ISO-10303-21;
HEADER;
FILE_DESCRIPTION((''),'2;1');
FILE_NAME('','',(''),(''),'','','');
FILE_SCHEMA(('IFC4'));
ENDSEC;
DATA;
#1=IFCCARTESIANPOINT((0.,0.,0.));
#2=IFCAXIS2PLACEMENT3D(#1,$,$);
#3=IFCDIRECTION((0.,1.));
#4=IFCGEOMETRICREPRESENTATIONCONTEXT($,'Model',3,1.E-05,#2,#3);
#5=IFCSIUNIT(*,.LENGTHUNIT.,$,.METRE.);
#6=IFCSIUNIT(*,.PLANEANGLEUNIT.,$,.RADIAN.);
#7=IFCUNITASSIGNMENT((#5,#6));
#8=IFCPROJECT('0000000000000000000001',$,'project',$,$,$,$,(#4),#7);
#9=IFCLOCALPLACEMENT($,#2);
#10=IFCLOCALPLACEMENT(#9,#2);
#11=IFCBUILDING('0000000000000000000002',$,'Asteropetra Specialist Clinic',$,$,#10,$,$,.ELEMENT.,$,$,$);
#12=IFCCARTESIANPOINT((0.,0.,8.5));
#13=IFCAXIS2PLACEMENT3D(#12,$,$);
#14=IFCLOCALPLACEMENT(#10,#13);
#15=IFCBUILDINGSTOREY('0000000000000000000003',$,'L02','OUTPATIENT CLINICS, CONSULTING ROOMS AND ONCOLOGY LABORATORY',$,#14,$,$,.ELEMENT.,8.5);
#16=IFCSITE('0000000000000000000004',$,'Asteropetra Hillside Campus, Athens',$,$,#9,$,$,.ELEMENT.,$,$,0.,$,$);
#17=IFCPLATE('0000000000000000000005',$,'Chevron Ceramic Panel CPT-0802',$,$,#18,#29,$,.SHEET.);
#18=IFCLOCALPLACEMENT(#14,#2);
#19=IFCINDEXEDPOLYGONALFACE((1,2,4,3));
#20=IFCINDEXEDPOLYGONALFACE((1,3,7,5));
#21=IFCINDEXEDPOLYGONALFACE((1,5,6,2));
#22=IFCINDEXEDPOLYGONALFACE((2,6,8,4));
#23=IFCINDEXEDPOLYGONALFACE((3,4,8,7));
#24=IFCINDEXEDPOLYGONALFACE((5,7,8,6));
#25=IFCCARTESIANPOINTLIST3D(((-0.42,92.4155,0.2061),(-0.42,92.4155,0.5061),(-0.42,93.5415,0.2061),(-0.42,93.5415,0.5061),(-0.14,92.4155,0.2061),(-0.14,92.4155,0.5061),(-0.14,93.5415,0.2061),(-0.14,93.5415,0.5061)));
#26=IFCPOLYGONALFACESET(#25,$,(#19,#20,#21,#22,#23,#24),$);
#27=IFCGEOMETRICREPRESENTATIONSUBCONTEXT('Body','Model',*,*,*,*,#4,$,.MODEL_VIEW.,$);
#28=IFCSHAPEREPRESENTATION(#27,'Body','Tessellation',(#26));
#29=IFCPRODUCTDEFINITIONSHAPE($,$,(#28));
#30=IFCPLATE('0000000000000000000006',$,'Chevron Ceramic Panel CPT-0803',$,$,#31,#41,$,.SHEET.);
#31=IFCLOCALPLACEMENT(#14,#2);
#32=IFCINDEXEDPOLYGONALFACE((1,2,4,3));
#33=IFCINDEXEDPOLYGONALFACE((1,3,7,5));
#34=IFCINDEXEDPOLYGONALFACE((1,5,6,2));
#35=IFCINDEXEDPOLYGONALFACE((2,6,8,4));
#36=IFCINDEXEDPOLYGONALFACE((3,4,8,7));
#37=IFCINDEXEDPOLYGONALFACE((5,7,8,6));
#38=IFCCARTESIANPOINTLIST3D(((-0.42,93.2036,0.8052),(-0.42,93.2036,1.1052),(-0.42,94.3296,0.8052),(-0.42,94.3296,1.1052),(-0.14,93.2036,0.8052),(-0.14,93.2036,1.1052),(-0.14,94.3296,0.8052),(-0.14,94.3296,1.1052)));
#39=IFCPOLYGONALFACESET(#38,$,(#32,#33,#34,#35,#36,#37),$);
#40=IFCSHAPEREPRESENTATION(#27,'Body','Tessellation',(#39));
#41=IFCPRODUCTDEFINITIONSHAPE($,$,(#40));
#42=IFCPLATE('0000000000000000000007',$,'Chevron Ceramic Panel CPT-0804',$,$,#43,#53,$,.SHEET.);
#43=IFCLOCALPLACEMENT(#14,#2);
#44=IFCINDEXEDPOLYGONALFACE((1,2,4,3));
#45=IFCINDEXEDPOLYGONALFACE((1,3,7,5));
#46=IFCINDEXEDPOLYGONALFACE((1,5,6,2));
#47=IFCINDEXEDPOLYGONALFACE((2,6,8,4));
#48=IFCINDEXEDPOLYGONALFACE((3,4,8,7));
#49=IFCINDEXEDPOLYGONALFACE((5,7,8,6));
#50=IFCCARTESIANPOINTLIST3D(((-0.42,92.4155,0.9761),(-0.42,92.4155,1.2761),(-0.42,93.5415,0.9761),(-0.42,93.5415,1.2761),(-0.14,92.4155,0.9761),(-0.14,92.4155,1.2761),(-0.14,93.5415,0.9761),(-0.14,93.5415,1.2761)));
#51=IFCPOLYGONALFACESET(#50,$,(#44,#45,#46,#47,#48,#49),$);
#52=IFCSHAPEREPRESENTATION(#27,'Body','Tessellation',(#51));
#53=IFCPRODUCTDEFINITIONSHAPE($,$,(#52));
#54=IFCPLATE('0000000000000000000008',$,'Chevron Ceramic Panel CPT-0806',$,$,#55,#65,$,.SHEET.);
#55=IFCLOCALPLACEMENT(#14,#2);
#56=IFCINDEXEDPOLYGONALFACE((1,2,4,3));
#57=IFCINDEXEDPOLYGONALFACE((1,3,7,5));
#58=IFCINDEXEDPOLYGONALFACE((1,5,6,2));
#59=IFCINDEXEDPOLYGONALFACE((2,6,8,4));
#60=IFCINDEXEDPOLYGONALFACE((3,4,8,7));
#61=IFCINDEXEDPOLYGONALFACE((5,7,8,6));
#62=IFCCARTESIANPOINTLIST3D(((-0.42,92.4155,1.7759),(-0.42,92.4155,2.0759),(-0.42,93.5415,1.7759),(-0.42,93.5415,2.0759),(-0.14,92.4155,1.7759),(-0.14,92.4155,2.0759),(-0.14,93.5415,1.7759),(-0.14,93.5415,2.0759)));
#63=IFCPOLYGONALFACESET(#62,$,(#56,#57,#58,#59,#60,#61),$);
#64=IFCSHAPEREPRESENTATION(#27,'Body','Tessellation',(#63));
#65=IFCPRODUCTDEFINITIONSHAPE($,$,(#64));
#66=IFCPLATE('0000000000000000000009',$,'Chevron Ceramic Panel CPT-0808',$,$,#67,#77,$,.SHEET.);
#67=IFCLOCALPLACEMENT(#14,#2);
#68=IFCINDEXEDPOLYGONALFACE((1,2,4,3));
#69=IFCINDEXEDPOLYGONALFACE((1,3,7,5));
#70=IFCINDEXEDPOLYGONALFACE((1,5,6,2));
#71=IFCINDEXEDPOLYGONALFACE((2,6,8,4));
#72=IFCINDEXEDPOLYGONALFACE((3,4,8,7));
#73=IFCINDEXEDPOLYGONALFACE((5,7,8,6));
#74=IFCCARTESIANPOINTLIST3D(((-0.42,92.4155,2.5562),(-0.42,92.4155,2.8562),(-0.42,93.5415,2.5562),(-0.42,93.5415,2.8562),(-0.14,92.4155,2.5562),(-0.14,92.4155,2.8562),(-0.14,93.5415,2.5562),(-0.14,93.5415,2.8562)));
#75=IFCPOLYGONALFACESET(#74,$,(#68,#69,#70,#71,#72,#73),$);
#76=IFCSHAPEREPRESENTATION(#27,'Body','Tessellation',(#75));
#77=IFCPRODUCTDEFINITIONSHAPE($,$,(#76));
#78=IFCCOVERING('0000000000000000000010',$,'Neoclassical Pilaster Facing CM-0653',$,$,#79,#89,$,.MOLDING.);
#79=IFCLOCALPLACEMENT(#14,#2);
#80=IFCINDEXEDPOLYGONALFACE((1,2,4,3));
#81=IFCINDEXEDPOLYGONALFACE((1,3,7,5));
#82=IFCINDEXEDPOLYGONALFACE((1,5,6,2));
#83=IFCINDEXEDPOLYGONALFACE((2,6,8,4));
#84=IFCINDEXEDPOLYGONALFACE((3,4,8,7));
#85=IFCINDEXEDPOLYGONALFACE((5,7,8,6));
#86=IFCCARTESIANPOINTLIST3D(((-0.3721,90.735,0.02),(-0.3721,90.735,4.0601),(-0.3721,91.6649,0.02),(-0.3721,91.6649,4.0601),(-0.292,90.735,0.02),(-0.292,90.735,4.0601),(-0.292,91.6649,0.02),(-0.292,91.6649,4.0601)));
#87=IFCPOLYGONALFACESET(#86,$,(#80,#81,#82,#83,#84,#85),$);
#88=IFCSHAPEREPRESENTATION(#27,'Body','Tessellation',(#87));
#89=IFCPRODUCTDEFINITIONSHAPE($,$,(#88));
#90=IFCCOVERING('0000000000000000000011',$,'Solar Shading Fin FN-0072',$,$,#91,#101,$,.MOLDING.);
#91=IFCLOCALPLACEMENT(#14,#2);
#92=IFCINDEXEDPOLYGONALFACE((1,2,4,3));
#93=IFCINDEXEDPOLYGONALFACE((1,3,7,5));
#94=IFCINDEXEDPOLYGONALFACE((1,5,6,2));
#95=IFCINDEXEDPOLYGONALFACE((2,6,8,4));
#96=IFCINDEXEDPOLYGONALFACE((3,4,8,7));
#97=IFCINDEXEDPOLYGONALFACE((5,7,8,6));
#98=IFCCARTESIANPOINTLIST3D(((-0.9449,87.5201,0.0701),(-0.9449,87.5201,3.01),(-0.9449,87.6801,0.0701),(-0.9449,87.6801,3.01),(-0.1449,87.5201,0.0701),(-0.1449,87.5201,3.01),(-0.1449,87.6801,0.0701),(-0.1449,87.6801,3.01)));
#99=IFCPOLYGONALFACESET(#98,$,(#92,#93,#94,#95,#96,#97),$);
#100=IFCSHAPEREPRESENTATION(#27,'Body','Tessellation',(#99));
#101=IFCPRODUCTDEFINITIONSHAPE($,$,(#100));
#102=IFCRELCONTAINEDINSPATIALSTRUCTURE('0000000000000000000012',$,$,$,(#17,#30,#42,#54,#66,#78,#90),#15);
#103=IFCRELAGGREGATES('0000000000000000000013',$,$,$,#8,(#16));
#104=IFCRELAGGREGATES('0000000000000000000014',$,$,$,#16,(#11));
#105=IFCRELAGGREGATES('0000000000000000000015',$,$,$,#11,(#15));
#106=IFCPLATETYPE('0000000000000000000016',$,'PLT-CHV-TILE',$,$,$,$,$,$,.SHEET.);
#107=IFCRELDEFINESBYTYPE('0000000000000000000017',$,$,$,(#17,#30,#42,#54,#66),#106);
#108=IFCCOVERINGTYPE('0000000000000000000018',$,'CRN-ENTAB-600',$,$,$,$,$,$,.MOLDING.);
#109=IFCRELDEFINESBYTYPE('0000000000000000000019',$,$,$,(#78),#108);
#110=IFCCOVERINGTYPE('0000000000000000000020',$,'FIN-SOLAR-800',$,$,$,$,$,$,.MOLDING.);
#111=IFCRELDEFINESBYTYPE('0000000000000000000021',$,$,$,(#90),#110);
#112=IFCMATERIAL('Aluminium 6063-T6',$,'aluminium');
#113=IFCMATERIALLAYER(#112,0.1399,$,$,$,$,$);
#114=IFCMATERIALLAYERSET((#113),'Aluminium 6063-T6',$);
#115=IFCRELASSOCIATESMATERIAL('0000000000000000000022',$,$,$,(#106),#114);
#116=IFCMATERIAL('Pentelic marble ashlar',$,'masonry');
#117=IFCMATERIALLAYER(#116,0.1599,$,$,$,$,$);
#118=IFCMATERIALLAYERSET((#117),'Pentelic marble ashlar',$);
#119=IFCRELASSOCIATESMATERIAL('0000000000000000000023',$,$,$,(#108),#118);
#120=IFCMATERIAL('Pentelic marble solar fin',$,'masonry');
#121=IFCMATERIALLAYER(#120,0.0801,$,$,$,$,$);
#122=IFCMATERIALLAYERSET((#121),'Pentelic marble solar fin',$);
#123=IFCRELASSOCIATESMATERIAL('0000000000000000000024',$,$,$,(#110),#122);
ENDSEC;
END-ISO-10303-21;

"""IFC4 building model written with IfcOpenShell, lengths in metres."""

from ifc_helpers import new_model, si_unit, direction, frame, origin, origin_2d, place, context, subcontext, project, spatial, rectangle, extrude, material, layer, layer_set, type_object, element, save


model = new_model("IFC4")

# Units and contexts
model_context = context("Model", 3, precision=1e-05, world=origin(), true_north=direction((0.0, 1.0)))
body_context = subcontext(model_context, "Body", "Model", "MODEL_VIEW")
ifc_project = project(units=[si_unit("LENGTHUNIT", "METRE"), si_unit("PLANEANGLEUNIT", "RADIAN")], contexts=[model_context])

# Site, building, storey
site_placement = place(None, origin())
site = spatial("IfcSite", under=ifc_project, at=site_placement, Name="Asteropetra Hillside Campus, Athens", CompositionType="ELEMENT", RefElevation=0.0)
building_placement = place(site_placement, origin())
building = spatial("IfcBuilding", under=site, at=building_placement, Name="Asteropetra Specialist Clinic", CompositionType="ELEMENT")
storey_placement = place(building_placement, frame((0.0, 0.0, 8.5)))
storey = spatial("IfcBuildingStorey", under=building, at=storey_placement, Name="L02", Description="OUTPATIENT CLINICS, CONSULTING ROOMS AND ONCOLOGY LABORATORY", CompositionType="ELEMENT", Elevation=8.5)

# Plates
ifc_material_1 = material(Name="Aluminium 6063-T6", Category="aluminium")
ifc_layer_1 = layer(ifc_material_1, 0.1399)
ifc_layer_set_1 = layer_set([ifc_layer_1], Name="Aluminium 6063-T6")
plate_type_1 = type_object("IfcPlateType", Name="PLT-CHV-TILE", PredefinedType="SHEET", material=ifc_layer_set_1)
for number, where, z_axis, x_axis, name in (
    (1, (-0.28, 92.9785, 0.2061), (0.0, 0.0, 1.0), (1.0, 0.0, 0.0), "Chevron Ceramic Panel CPT-0802"),
    (2, (-0.28, 93.7666, 0.8052), (0.0, 0.0, 1.0), (1.0, 0.0, 0.0), "Chevron Ceramic Panel CPT-0803"),
    (3, (-0.28, 92.9785, 0.9761), (0.0, 0.0, 1.0), (1.0, 0.0, 0.0), "Chevron Ceramic Panel CPT-0804"),
    (4, (-0.28, 92.9785, 1.7759), (0.0, 0.0, 1.0), (1.0, 0.0, 0.0), "Chevron Ceramic Panel CPT-0806"),
    (5, (-0.28, 92.9785, 2.5562), (0.0, 0.0, 1.0), (1.0, 0.0, 0.0), "Chevron Ceramic Panel CPT-0808"),
):
    element("IfcPlate", number, at=place(storey_placement, frame(where, z_axis=z_axis, x_axis=x_axis)), inside=storey, type_object=plate_type_1, Name=name, PredefinedType="SHEET", context=body_context, shape_type="SweptSolid", body=[
        extrude(rectangle(XDim=0.28, YDim=1.126, at=origin_2d()), origin(), (0.0, 0.0, 1.0), 0.3),
    ])

# Coverings
ifc_material_2 = material(Name="Pentelic marble ashlar", Category="masonry")
ifc_layer_2 = layer(ifc_material_2, 0.1599)
ifc_layer_set_2 = layer_set([ifc_layer_2], Name="Pentelic marble ashlar")
covering_type_1 = type_object("IfcCoveringType", Name="CRN-ENTAB-600", PredefinedType="MOLDING", material=ifc_layer_set_2)
covering_1_placement = place(storey_placement, frame((-0.332, 91.2, 0.02), z_axis=(0.0, 0.0, 1.0), x_axis=(1.0, 0.0, 0.0)))
element("IfcCovering", 6, at=covering_1_placement, inside=storey, type_object=covering_type_1, Name="Neoclassical Pilaster Facing CM-0653", PredefinedType="MOLDING", context=body_context, shape_type="SweptSolid", body=[
    extrude(rectangle(XDim=0.0801, YDim=0.9299, at=origin_2d()), origin(), (0.0, 0.0, 1.0), 4.04),
])
ifc_material_3 = material(Name="Pentelic marble solar fin", Category="masonry")
ifc_layer_3 = layer(ifc_material_3, 0.0801)
ifc_layer_set_3 = layer_set([ifc_layer_3], Name="Pentelic marble solar fin")
covering_type_2 = type_object("IfcCoveringType", Name="FIN-SOLAR-800", PredefinedType="MOLDING", material=ifc_layer_set_3)
covering_2_placement = place(storey_placement, frame((-0.5449, 87.6001, 0.0701), z_axis=(0.0, 0.0, 1.0), x_axis=(1.0, 0.0, 0.0)))
element("IfcCovering", 7, at=covering_2_placement, inside=storey, type_object=covering_type_2, Name="Solar Shading Fin FN-0072", PredefinedType="MOLDING", context=body_context, shape_type="SweptSolid", body=[
    extrude(rectangle(XDim=0.8, YDim=0.1599, at=origin_2d()), origin(), (0.0, 0.0, 1.0), 2.9399),
])

save(model, "model.ifc")
